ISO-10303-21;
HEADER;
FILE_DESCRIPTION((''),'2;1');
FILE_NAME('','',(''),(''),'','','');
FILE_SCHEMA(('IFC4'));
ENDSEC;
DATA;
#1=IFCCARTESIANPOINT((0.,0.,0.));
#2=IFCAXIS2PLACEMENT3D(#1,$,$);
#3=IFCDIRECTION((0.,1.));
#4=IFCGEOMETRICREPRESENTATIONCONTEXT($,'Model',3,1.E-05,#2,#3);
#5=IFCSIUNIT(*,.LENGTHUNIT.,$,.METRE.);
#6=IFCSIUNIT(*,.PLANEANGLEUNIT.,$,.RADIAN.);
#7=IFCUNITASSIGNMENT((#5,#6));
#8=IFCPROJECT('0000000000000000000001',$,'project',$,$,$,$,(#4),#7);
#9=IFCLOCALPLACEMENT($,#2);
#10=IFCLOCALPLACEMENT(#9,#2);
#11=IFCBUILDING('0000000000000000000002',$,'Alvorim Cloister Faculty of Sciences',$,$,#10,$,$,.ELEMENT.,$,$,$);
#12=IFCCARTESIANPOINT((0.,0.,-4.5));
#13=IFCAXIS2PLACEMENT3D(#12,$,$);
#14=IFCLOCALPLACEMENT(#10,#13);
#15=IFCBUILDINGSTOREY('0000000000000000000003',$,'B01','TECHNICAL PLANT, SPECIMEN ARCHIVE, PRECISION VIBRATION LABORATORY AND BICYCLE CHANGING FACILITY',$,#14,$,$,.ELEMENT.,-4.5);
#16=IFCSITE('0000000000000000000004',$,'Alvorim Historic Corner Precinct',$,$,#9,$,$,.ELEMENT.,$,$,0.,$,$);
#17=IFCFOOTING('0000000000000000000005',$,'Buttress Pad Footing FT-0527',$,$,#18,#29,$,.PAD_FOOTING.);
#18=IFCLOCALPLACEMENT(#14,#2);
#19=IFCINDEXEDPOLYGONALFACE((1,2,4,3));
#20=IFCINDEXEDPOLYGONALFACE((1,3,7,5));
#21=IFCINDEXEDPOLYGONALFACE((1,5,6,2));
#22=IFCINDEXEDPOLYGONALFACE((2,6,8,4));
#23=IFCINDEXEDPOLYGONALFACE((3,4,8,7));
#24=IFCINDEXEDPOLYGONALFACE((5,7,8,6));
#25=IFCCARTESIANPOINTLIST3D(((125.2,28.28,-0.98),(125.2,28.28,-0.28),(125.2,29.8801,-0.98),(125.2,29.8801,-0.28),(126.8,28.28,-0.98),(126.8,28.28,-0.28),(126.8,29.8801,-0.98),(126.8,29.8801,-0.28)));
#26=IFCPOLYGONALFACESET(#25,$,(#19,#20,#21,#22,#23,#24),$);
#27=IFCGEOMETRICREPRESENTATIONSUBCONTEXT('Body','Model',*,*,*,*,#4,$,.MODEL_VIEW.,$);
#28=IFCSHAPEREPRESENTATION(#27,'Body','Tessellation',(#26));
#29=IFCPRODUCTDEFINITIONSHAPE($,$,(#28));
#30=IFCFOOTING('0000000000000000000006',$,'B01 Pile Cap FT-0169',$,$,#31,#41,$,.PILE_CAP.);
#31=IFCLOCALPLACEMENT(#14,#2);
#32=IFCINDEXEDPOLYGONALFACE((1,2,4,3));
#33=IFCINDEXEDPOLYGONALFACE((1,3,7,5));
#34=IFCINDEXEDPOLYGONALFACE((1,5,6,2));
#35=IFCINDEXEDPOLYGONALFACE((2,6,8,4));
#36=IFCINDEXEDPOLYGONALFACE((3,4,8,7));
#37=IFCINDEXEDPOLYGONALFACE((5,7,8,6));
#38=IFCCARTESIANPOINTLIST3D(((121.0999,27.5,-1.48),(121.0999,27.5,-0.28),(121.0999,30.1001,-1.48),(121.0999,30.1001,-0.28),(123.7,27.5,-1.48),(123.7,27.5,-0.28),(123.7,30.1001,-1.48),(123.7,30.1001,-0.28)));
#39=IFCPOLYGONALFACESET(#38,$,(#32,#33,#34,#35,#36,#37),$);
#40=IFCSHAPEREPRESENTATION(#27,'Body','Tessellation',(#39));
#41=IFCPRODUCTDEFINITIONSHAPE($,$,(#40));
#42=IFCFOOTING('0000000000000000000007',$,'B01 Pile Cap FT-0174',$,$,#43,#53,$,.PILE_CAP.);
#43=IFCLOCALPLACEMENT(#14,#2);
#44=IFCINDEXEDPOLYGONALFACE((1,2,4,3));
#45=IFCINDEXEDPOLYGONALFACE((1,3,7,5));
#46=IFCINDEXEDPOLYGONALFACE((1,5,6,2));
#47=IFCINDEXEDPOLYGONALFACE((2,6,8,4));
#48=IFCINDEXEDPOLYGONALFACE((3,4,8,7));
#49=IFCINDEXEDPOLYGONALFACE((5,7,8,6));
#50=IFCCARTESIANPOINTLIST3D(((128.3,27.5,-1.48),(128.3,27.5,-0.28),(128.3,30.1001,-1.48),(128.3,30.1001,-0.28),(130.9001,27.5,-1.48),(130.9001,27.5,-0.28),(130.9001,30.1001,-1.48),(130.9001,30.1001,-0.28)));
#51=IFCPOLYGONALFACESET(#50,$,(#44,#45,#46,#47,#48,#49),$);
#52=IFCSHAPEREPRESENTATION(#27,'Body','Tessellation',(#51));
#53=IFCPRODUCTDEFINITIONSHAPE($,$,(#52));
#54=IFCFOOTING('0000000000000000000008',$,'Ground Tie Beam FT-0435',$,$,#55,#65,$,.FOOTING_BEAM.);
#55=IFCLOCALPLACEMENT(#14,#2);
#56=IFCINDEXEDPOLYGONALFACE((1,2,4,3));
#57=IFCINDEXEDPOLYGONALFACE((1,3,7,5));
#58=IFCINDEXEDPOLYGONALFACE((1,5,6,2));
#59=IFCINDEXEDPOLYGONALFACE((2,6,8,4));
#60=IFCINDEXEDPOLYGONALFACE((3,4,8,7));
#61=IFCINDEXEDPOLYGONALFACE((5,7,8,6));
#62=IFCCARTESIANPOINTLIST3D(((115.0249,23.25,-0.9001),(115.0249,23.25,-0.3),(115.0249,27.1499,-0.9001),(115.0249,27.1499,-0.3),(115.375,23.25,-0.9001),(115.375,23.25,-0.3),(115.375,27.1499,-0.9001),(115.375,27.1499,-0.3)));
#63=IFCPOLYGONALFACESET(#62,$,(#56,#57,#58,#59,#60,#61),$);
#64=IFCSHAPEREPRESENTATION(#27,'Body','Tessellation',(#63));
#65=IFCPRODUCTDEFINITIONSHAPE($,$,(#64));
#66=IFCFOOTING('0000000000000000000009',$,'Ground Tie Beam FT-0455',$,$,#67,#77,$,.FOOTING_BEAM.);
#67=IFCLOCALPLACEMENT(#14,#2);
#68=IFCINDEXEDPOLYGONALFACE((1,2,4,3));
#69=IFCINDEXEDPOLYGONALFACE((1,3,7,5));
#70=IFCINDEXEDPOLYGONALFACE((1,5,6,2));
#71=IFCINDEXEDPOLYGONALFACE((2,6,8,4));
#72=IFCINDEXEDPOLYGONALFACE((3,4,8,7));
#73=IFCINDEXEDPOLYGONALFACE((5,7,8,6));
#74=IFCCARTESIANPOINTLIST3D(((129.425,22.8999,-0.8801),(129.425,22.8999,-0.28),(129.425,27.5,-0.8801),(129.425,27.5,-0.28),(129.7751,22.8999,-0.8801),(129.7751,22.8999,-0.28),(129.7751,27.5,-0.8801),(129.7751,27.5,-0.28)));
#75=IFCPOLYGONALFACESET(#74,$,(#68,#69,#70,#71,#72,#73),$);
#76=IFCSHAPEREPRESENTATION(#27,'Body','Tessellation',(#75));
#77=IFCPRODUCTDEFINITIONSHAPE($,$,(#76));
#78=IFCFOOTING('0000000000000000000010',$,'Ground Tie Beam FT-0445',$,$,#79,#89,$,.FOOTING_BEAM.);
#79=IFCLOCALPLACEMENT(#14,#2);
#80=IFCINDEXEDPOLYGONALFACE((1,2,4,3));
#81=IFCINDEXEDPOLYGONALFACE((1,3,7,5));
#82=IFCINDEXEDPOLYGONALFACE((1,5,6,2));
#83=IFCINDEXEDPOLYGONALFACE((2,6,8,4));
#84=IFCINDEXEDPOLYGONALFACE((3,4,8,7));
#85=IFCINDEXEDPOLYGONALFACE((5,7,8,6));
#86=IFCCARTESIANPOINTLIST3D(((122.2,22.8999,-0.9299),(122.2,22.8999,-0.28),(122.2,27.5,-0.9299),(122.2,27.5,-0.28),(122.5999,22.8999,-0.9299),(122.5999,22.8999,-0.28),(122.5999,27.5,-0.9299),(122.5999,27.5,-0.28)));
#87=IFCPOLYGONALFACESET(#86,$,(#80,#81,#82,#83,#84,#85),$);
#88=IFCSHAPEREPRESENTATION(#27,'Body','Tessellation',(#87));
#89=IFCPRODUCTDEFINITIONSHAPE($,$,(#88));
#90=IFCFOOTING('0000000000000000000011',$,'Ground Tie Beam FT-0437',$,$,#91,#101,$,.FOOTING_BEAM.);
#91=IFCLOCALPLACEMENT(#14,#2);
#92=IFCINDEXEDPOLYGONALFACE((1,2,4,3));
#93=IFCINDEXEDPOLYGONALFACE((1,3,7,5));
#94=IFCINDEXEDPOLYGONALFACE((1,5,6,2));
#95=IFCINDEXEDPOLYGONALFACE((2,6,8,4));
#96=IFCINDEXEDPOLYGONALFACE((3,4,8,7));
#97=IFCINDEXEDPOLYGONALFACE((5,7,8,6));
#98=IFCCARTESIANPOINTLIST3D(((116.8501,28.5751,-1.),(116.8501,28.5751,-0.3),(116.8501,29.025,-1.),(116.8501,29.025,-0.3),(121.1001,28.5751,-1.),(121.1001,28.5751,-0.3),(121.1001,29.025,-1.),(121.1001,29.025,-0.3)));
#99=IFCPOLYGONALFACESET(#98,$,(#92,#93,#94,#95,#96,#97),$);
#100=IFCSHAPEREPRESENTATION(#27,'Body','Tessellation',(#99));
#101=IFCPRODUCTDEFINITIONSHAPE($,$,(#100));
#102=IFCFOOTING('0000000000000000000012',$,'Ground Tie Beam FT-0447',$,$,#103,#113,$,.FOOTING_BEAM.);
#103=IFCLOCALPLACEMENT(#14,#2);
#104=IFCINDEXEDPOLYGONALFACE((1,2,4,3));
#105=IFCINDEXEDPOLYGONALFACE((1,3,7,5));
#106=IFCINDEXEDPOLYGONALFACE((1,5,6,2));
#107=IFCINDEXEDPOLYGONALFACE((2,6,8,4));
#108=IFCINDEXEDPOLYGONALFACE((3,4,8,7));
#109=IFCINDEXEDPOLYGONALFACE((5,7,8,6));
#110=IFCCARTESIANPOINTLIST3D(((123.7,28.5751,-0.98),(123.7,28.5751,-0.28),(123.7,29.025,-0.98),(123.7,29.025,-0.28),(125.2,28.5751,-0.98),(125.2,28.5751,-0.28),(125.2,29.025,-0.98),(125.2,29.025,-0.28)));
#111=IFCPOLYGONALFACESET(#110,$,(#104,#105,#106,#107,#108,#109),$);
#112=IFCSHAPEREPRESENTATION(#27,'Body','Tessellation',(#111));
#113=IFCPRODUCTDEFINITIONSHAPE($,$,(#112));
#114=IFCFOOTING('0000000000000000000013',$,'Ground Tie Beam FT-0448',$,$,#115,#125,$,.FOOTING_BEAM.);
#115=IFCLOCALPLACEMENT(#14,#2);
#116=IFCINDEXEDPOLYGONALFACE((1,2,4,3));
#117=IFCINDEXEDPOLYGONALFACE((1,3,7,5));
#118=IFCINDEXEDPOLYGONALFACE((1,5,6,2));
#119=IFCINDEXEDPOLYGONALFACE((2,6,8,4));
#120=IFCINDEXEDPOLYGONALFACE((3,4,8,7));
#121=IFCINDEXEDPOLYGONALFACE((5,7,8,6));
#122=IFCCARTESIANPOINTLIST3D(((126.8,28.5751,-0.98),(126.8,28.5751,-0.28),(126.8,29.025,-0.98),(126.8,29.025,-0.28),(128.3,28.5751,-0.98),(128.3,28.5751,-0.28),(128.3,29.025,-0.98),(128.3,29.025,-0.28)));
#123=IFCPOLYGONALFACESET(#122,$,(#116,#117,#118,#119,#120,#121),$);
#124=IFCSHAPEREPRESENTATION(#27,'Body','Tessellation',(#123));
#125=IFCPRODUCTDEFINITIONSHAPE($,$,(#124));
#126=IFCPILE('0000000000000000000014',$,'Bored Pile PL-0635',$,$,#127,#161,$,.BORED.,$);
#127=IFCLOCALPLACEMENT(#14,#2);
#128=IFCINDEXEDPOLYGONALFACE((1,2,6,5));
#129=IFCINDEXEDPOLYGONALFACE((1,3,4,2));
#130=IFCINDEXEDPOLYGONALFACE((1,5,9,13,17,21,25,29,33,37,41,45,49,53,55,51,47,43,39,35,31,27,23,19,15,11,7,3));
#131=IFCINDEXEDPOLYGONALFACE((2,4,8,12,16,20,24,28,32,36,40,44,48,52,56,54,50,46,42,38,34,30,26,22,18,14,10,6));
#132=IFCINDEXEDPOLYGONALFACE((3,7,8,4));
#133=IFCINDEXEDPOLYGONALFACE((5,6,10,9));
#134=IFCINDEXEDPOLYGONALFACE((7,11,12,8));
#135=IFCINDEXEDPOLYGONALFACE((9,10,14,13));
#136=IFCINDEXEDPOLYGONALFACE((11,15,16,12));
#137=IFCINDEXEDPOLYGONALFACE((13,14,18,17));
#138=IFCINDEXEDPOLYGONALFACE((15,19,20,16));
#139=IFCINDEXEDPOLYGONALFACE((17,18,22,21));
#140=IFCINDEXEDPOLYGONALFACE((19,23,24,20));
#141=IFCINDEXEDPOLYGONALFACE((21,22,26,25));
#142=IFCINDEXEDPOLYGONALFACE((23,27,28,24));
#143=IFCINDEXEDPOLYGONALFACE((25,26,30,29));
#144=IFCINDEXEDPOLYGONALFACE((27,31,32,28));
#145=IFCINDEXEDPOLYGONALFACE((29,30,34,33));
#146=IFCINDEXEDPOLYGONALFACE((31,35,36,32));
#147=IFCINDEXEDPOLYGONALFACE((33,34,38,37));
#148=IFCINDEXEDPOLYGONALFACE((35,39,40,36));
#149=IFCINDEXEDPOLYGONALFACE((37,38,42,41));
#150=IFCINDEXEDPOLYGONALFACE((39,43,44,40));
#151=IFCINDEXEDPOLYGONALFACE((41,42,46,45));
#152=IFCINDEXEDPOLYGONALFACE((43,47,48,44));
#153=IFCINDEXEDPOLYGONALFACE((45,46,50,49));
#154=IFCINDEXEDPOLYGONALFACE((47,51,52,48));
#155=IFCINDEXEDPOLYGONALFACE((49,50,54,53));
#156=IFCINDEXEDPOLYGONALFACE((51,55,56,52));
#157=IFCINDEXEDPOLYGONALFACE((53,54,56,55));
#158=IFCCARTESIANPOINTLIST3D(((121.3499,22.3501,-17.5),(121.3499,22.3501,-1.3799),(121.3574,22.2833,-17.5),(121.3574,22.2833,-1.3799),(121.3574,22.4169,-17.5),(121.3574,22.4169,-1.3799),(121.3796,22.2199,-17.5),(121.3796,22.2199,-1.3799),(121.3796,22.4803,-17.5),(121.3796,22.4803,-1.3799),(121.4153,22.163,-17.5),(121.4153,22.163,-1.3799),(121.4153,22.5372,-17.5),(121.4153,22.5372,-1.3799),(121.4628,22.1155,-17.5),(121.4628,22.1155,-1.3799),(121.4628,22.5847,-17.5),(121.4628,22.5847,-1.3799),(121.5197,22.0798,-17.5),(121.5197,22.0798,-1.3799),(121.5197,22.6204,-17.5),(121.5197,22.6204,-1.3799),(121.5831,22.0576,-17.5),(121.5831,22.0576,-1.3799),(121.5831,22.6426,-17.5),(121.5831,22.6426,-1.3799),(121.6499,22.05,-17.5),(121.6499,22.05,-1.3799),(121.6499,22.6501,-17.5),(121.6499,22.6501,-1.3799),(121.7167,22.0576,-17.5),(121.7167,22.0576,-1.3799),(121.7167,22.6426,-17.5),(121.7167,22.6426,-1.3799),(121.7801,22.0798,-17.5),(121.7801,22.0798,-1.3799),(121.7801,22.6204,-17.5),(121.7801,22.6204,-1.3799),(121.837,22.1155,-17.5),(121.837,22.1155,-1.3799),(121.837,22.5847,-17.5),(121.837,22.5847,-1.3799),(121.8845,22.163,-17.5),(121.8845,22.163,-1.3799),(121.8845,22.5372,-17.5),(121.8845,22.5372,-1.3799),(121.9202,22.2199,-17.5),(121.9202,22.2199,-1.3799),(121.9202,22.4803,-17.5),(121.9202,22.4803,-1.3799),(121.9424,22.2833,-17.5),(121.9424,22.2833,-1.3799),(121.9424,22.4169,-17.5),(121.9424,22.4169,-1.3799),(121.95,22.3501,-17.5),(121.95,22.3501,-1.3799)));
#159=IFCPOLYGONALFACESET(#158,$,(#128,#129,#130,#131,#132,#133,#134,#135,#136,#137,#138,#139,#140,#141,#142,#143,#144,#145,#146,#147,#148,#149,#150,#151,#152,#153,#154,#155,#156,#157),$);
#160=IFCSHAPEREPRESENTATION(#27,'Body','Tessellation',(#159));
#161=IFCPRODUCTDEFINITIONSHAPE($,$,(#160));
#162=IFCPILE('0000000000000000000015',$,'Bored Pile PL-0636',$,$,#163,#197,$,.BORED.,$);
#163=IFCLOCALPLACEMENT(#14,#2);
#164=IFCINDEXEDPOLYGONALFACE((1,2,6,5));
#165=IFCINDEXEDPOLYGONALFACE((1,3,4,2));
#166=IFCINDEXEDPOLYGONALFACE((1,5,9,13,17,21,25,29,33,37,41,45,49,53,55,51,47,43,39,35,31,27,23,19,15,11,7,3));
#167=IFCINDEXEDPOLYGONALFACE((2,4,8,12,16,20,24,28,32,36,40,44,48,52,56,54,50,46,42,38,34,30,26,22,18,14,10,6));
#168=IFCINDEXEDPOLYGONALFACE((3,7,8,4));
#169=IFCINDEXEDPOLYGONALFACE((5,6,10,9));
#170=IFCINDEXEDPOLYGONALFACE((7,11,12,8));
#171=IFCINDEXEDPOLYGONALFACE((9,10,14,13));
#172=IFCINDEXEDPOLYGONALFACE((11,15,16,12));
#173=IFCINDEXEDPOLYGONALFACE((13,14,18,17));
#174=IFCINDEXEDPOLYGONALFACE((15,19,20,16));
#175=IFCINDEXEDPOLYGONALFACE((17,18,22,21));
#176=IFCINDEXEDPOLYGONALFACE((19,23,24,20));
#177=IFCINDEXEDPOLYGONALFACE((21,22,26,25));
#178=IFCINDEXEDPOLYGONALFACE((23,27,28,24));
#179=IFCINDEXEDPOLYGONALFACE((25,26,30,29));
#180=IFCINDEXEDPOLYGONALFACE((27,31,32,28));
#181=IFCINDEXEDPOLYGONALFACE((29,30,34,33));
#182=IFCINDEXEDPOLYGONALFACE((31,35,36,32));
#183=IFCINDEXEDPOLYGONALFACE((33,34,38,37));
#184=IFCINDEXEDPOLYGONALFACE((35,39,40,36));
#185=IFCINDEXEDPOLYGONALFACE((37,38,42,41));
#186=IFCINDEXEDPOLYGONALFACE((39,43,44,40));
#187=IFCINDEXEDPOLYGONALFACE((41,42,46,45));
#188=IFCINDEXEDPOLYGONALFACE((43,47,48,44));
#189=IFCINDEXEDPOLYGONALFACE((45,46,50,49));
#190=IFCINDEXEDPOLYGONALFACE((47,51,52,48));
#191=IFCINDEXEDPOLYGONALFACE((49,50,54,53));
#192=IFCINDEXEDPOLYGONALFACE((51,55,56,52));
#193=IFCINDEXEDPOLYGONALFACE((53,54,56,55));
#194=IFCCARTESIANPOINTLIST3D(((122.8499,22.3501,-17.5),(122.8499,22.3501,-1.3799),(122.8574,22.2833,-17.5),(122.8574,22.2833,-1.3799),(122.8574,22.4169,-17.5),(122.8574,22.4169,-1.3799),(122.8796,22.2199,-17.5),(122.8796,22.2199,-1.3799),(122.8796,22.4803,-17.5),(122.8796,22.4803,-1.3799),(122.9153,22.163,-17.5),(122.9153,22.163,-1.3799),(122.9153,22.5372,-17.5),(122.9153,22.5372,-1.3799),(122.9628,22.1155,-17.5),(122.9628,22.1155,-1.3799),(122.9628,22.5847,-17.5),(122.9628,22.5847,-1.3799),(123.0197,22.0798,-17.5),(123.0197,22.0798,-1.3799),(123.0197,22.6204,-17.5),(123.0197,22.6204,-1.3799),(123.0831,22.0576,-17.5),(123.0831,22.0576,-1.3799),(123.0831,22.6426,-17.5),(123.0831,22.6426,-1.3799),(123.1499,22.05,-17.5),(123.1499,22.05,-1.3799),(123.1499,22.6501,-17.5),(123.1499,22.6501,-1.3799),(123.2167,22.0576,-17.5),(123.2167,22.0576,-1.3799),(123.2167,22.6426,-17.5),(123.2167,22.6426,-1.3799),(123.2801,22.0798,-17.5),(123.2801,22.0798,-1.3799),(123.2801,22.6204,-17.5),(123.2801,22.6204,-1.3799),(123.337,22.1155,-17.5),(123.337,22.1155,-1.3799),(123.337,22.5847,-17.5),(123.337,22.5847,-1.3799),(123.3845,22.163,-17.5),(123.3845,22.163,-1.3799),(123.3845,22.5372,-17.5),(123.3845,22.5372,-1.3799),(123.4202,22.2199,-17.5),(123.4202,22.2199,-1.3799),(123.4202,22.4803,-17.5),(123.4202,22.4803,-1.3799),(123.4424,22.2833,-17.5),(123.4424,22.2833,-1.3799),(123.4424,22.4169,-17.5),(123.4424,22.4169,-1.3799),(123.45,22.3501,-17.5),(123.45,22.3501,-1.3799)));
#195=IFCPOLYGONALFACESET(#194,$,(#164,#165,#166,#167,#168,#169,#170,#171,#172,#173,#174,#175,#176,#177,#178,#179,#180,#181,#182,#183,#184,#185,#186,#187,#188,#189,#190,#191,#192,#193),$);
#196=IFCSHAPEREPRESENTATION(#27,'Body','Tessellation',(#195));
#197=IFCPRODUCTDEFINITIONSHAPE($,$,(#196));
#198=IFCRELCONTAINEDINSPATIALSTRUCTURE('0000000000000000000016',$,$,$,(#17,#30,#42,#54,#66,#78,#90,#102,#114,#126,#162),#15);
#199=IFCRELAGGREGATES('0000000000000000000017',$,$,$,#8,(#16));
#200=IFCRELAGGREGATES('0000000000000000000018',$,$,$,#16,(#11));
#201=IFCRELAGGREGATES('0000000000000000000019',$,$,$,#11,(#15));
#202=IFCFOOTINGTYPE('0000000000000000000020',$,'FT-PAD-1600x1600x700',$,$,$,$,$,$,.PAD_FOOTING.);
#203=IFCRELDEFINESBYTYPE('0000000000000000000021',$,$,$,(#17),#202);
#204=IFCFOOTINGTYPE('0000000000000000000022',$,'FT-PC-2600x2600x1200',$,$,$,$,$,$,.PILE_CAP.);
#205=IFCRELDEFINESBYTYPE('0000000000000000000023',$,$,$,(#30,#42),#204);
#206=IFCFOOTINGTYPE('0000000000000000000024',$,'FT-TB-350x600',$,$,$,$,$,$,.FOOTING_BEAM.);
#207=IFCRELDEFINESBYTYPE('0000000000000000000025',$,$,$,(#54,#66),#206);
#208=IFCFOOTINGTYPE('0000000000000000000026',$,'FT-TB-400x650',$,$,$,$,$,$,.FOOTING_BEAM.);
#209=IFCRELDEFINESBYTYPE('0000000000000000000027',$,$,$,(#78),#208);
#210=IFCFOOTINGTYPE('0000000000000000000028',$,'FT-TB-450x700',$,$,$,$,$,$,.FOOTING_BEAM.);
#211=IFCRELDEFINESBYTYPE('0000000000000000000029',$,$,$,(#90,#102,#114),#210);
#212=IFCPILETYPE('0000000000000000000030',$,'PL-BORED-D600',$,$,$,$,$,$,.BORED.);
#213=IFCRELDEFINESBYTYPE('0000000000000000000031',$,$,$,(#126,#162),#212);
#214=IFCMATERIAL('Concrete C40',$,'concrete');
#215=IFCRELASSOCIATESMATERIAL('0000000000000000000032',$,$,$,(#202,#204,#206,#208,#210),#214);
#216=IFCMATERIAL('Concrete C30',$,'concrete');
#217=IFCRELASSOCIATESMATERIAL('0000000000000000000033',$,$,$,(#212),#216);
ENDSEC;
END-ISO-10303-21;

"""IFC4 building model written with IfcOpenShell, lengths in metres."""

from ifc_helpers import new_model, si_unit, direction, frame, origin, origin_2d, place, context, subcontext, project, spatial, rectangle, circle, extrude, material, material_profile, profile_set, type_object, element, save


model = new_model("IFC4")

# Units and contexts
model_context = context("Model", 3, precision=1e-05, world=origin(), true_north=direction((0.0, 1.0)))
body_context = subcontext(model_context, "Body", "Model", "MODEL_VIEW")
ifc_project = project(units=[si_unit("LENGTHUNIT", "METRE"), si_unit("PLANEANGLEUNIT", "RADIAN")], contexts=[model_context])

# Site, building, storey
site_placement = place(None, origin())
site = spatial("IfcSite", under=ifc_project, at=site_placement, Name="Alvorim Historic Corner Precinct", CompositionType="ELEMENT", RefElevation=0.0)
building_placement = place(site_placement, origin())
building = spatial("IfcBuilding", under=site, at=building_placement, Name="Alvorim Cloister Faculty of Sciences", CompositionType="ELEMENT")
storey_placement = place(building_placement, frame((0.0, 0.0, -4.5)))
storey = spatial("IfcBuildingStorey", under=building, at=storey_placement, Name="B01", Description="TECHNICAL PLANT, SPECIMEN ARCHIVE, PRECISION VIBRATION LABORATORY AND BICYCLE CHANGING FACILITY", CompositionType="ELEMENT", Elevation=-4.5)

# Footings
ifc_material_1 = material(Name="Concrete C40", Category="concrete")
footing_type_1 = type_object("IfcFootingType", Name="FT-PAD-1600x1600x700", PredefinedType="PAD_FOOTING", material=ifc_material_1)
footing_1_placement = place(storey_placement, frame((126.0, 29.0801, -0.98), z_axis=(0.0, 0.0, 1.0), x_axis=(1.0, 0.0, 0.0)))
element("IfcFooting", 1, at=footing_1_placement, inside=storey, type_object=footing_type_1, Name="Buttress Pad Footing FT-0527", PredefinedType="PAD_FOOTING", context=body_context, shape_type="SweptSolid", body=[
    extrude(rectangle(XDim=1.6001, YDim=1.6001, at=origin_2d()), origin(), (0.0, 0.0, 1.0), 0.7),
])
footing_type_2 = type_object("IfcFootingType", Name="FT-PC-2600x2600x1200", PredefinedType="PILE_CAP", material=ifc_material_1)
for number, where, z_axis, x_axis, name in (
    (2, (122.3999, 28.8, -1.48), (0.0, 0.0, 1.0), (1.0, 0.0, 0.0), "B01 Pile Cap FT-0169"),
    (3, (129.6001, 28.8, -1.48), (0.0, 0.0, 1.0), (1.0, 0.0, 0.0), "B01 Pile Cap FT-0174"),
):
    element("IfcFooting", number, at=place(storey_placement, frame(where, z_axis=z_axis, x_axis=x_axis)), inside=storey, type_object=footing_type_2, Name=name, PredefinedType="PILE_CAP", context=body_context, shape_type="SweptSolid", body=[
        extrude(rectangle(XDim=2.6001, YDim=2.6001, at=origin_2d()), origin(), (0.0, 0.0, 1.0), 1.2),
    ])
footing_type_3 = type_object("IfcFootingType", Name="FT-TB-350x600", PredefinedType="FOOTING_BEAM", material=ifc_material_1)
footing_2_placement = place(storey_placement, frame((115.2, 25.2, -0.9001), z_axis=(0.0, 0.0, 1.0), x_axis=(1.0, 0.0, 0.0)))
element("IfcFooting", 4, at=footing_2_placement, inside=storey, type_object=footing_type_3, Name="Ground Tie Beam FT-0435", PredefinedType="FOOTING_BEAM", context=body_context, shape_type="SweptSolid", body=[
    extrude(rectangle(XDim=0.3501, YDim=3.8999, at=origin_2d()), origin(), (0.0, 0.0, 1.0), 0.6001),
])
footing_3_placement = place(storey_placement, frame((129.6001, 25.2, -0.8801), z_axis=(0.0, 0.0, 1.0), x_axis=(1.0, 0.0, 0.0)))
element("IfcFooting", 5, at=footing_3_placement, inside=storey, type_object=footing_type_3, Name="Ground Tie Beam FT-0455", PredefinedType="FOOTING_BEAM", context=body_context, shape_type="SweptSolid", body=[
    extrude(rectangle(XDim=0.3501, YDim=4.6001, at=origin_2d()), origin(), (0.0, 0.0, 1.0), 0.6001),
])
footing_type_4 = type_object("IfcFootingType", Name="FT-TB-400x650", PredefinedType="FOOTING_BEAM", material=ifc_material_1)
footing_4_placement = place(storey_placement, frame((122.3999, 25.2, -0.9299), z_axis=(0.0, 0.0, 1.0), x_axis=(1.0, 0.0, 0.0)))
element("IfcFooting", 6, at=footing_4_placement, inside=storey, type_object=footing_type_4, Name="Ground Tie Beam FT-0445", PredefinedType="FOOTING_BEAM", context=body_context, shape_type="SweptSolid", body=[
    extrude(rectangle(XDim=0.3999, YDim=4.6001, at=origin_2d()), origin(), (0.0, 0.0, 1.0), 0.6499),
])
footing_type_5 = type_object("IfcFootingType", Name="FT-TB-450x700", PredefinedType="FOOTING_BEAM", material=ifc_material_1)
footing_5_placement = place(storey_placement, frame((118.9751, 28.8, -1.0), z_axis=(0.0, 0.0, 1.0), x_axis=(1.0, 0.0, 0.0)))
element("IfcFooting", 7, at=footing_5_placement, inside=storey, type_object=footing_type_5, Name="Ground Tie Beam FT-0437", PredefinedType="FOOTING_BEAM", context=body_context, shape_type="SweptSolid", body=[
    extrude(rectangle(XDim=4.25, YDim=0.45, at=origin_2d()), origin(), (0.0, 0.0, 1.0), 0.7),
])
for number, where, z_axis, x_axis, name in (
    (8, (124.45, 28.8, -0.98), (0.0, 0.0, 1.0), (1.0, 0.0, 0.0), "Ground Tie Beam FT-0447"),
    (9, (127.55, 28.8, -0.98), (0.0, 0.0, 1.0), (1.0, 0.0, 0.0), "Ground Tie Beam FT-0448"),
):
    element("IfcFooting", number, at=place(storey_placement, frame(where, z_axis=z_axis, x_axis=x_axis)), inside=storey, type_object=footing_type_5, Name=name, PredefinedType="FOOTING_BEAM", context=body_context, shape_type="SweptSolid", body=[
        extrude(rectangle(XDim=1.5, YDim=0.45, at=origin_2d()), origin(), (0.0, 0.0, 1.0), 0.7),
    ])

# Piles
ifc_material_2 = material(Name="Concrete C30", Category="concrete")
ifc_material_profile_1 = material_profile(ifc_material_2, circle(Radius=0.3, at=origin_2d()), Name="PILE-D600")
ifc_profile_set_1 = profile_set([ifc_material_profile_1], Name="Concrete C30")
pile_type_1 = type_object("IfcPileType", Name="PL-BORED-D600", PredefinedType="BORED", material=ifc_profile_set_1)
for number, where, z_axis, x_axis, name in (
    (10, (121.6499, 22.3501, -1.3799), (0.0, 0.0, -1.0), (1.0, 0.0, 0.0), "Bored Pile PL-0635"),
    (11, (123.1499, 22.3501, -1.3799), (0.0, 0.0, -1.0), (1.0, 0.0, 0.0), "Bored Pile PL-0636"),
):
    element("IfcPile", number, at=place(storey_placement, frame(where, z_axis=z_axis, x_axis=x_axis)), inside=storey, type_object=pile_type_1, Name=name, PredefinedType="BORED", context=body_context, shape_type="SweptSolid", body=[
        extrude(circle(Radius=0.3, at=origin_2d()), origin(), (0.0, 0.0, 1.0), 16.1201),
    ])

save(model, "model.ifc")
